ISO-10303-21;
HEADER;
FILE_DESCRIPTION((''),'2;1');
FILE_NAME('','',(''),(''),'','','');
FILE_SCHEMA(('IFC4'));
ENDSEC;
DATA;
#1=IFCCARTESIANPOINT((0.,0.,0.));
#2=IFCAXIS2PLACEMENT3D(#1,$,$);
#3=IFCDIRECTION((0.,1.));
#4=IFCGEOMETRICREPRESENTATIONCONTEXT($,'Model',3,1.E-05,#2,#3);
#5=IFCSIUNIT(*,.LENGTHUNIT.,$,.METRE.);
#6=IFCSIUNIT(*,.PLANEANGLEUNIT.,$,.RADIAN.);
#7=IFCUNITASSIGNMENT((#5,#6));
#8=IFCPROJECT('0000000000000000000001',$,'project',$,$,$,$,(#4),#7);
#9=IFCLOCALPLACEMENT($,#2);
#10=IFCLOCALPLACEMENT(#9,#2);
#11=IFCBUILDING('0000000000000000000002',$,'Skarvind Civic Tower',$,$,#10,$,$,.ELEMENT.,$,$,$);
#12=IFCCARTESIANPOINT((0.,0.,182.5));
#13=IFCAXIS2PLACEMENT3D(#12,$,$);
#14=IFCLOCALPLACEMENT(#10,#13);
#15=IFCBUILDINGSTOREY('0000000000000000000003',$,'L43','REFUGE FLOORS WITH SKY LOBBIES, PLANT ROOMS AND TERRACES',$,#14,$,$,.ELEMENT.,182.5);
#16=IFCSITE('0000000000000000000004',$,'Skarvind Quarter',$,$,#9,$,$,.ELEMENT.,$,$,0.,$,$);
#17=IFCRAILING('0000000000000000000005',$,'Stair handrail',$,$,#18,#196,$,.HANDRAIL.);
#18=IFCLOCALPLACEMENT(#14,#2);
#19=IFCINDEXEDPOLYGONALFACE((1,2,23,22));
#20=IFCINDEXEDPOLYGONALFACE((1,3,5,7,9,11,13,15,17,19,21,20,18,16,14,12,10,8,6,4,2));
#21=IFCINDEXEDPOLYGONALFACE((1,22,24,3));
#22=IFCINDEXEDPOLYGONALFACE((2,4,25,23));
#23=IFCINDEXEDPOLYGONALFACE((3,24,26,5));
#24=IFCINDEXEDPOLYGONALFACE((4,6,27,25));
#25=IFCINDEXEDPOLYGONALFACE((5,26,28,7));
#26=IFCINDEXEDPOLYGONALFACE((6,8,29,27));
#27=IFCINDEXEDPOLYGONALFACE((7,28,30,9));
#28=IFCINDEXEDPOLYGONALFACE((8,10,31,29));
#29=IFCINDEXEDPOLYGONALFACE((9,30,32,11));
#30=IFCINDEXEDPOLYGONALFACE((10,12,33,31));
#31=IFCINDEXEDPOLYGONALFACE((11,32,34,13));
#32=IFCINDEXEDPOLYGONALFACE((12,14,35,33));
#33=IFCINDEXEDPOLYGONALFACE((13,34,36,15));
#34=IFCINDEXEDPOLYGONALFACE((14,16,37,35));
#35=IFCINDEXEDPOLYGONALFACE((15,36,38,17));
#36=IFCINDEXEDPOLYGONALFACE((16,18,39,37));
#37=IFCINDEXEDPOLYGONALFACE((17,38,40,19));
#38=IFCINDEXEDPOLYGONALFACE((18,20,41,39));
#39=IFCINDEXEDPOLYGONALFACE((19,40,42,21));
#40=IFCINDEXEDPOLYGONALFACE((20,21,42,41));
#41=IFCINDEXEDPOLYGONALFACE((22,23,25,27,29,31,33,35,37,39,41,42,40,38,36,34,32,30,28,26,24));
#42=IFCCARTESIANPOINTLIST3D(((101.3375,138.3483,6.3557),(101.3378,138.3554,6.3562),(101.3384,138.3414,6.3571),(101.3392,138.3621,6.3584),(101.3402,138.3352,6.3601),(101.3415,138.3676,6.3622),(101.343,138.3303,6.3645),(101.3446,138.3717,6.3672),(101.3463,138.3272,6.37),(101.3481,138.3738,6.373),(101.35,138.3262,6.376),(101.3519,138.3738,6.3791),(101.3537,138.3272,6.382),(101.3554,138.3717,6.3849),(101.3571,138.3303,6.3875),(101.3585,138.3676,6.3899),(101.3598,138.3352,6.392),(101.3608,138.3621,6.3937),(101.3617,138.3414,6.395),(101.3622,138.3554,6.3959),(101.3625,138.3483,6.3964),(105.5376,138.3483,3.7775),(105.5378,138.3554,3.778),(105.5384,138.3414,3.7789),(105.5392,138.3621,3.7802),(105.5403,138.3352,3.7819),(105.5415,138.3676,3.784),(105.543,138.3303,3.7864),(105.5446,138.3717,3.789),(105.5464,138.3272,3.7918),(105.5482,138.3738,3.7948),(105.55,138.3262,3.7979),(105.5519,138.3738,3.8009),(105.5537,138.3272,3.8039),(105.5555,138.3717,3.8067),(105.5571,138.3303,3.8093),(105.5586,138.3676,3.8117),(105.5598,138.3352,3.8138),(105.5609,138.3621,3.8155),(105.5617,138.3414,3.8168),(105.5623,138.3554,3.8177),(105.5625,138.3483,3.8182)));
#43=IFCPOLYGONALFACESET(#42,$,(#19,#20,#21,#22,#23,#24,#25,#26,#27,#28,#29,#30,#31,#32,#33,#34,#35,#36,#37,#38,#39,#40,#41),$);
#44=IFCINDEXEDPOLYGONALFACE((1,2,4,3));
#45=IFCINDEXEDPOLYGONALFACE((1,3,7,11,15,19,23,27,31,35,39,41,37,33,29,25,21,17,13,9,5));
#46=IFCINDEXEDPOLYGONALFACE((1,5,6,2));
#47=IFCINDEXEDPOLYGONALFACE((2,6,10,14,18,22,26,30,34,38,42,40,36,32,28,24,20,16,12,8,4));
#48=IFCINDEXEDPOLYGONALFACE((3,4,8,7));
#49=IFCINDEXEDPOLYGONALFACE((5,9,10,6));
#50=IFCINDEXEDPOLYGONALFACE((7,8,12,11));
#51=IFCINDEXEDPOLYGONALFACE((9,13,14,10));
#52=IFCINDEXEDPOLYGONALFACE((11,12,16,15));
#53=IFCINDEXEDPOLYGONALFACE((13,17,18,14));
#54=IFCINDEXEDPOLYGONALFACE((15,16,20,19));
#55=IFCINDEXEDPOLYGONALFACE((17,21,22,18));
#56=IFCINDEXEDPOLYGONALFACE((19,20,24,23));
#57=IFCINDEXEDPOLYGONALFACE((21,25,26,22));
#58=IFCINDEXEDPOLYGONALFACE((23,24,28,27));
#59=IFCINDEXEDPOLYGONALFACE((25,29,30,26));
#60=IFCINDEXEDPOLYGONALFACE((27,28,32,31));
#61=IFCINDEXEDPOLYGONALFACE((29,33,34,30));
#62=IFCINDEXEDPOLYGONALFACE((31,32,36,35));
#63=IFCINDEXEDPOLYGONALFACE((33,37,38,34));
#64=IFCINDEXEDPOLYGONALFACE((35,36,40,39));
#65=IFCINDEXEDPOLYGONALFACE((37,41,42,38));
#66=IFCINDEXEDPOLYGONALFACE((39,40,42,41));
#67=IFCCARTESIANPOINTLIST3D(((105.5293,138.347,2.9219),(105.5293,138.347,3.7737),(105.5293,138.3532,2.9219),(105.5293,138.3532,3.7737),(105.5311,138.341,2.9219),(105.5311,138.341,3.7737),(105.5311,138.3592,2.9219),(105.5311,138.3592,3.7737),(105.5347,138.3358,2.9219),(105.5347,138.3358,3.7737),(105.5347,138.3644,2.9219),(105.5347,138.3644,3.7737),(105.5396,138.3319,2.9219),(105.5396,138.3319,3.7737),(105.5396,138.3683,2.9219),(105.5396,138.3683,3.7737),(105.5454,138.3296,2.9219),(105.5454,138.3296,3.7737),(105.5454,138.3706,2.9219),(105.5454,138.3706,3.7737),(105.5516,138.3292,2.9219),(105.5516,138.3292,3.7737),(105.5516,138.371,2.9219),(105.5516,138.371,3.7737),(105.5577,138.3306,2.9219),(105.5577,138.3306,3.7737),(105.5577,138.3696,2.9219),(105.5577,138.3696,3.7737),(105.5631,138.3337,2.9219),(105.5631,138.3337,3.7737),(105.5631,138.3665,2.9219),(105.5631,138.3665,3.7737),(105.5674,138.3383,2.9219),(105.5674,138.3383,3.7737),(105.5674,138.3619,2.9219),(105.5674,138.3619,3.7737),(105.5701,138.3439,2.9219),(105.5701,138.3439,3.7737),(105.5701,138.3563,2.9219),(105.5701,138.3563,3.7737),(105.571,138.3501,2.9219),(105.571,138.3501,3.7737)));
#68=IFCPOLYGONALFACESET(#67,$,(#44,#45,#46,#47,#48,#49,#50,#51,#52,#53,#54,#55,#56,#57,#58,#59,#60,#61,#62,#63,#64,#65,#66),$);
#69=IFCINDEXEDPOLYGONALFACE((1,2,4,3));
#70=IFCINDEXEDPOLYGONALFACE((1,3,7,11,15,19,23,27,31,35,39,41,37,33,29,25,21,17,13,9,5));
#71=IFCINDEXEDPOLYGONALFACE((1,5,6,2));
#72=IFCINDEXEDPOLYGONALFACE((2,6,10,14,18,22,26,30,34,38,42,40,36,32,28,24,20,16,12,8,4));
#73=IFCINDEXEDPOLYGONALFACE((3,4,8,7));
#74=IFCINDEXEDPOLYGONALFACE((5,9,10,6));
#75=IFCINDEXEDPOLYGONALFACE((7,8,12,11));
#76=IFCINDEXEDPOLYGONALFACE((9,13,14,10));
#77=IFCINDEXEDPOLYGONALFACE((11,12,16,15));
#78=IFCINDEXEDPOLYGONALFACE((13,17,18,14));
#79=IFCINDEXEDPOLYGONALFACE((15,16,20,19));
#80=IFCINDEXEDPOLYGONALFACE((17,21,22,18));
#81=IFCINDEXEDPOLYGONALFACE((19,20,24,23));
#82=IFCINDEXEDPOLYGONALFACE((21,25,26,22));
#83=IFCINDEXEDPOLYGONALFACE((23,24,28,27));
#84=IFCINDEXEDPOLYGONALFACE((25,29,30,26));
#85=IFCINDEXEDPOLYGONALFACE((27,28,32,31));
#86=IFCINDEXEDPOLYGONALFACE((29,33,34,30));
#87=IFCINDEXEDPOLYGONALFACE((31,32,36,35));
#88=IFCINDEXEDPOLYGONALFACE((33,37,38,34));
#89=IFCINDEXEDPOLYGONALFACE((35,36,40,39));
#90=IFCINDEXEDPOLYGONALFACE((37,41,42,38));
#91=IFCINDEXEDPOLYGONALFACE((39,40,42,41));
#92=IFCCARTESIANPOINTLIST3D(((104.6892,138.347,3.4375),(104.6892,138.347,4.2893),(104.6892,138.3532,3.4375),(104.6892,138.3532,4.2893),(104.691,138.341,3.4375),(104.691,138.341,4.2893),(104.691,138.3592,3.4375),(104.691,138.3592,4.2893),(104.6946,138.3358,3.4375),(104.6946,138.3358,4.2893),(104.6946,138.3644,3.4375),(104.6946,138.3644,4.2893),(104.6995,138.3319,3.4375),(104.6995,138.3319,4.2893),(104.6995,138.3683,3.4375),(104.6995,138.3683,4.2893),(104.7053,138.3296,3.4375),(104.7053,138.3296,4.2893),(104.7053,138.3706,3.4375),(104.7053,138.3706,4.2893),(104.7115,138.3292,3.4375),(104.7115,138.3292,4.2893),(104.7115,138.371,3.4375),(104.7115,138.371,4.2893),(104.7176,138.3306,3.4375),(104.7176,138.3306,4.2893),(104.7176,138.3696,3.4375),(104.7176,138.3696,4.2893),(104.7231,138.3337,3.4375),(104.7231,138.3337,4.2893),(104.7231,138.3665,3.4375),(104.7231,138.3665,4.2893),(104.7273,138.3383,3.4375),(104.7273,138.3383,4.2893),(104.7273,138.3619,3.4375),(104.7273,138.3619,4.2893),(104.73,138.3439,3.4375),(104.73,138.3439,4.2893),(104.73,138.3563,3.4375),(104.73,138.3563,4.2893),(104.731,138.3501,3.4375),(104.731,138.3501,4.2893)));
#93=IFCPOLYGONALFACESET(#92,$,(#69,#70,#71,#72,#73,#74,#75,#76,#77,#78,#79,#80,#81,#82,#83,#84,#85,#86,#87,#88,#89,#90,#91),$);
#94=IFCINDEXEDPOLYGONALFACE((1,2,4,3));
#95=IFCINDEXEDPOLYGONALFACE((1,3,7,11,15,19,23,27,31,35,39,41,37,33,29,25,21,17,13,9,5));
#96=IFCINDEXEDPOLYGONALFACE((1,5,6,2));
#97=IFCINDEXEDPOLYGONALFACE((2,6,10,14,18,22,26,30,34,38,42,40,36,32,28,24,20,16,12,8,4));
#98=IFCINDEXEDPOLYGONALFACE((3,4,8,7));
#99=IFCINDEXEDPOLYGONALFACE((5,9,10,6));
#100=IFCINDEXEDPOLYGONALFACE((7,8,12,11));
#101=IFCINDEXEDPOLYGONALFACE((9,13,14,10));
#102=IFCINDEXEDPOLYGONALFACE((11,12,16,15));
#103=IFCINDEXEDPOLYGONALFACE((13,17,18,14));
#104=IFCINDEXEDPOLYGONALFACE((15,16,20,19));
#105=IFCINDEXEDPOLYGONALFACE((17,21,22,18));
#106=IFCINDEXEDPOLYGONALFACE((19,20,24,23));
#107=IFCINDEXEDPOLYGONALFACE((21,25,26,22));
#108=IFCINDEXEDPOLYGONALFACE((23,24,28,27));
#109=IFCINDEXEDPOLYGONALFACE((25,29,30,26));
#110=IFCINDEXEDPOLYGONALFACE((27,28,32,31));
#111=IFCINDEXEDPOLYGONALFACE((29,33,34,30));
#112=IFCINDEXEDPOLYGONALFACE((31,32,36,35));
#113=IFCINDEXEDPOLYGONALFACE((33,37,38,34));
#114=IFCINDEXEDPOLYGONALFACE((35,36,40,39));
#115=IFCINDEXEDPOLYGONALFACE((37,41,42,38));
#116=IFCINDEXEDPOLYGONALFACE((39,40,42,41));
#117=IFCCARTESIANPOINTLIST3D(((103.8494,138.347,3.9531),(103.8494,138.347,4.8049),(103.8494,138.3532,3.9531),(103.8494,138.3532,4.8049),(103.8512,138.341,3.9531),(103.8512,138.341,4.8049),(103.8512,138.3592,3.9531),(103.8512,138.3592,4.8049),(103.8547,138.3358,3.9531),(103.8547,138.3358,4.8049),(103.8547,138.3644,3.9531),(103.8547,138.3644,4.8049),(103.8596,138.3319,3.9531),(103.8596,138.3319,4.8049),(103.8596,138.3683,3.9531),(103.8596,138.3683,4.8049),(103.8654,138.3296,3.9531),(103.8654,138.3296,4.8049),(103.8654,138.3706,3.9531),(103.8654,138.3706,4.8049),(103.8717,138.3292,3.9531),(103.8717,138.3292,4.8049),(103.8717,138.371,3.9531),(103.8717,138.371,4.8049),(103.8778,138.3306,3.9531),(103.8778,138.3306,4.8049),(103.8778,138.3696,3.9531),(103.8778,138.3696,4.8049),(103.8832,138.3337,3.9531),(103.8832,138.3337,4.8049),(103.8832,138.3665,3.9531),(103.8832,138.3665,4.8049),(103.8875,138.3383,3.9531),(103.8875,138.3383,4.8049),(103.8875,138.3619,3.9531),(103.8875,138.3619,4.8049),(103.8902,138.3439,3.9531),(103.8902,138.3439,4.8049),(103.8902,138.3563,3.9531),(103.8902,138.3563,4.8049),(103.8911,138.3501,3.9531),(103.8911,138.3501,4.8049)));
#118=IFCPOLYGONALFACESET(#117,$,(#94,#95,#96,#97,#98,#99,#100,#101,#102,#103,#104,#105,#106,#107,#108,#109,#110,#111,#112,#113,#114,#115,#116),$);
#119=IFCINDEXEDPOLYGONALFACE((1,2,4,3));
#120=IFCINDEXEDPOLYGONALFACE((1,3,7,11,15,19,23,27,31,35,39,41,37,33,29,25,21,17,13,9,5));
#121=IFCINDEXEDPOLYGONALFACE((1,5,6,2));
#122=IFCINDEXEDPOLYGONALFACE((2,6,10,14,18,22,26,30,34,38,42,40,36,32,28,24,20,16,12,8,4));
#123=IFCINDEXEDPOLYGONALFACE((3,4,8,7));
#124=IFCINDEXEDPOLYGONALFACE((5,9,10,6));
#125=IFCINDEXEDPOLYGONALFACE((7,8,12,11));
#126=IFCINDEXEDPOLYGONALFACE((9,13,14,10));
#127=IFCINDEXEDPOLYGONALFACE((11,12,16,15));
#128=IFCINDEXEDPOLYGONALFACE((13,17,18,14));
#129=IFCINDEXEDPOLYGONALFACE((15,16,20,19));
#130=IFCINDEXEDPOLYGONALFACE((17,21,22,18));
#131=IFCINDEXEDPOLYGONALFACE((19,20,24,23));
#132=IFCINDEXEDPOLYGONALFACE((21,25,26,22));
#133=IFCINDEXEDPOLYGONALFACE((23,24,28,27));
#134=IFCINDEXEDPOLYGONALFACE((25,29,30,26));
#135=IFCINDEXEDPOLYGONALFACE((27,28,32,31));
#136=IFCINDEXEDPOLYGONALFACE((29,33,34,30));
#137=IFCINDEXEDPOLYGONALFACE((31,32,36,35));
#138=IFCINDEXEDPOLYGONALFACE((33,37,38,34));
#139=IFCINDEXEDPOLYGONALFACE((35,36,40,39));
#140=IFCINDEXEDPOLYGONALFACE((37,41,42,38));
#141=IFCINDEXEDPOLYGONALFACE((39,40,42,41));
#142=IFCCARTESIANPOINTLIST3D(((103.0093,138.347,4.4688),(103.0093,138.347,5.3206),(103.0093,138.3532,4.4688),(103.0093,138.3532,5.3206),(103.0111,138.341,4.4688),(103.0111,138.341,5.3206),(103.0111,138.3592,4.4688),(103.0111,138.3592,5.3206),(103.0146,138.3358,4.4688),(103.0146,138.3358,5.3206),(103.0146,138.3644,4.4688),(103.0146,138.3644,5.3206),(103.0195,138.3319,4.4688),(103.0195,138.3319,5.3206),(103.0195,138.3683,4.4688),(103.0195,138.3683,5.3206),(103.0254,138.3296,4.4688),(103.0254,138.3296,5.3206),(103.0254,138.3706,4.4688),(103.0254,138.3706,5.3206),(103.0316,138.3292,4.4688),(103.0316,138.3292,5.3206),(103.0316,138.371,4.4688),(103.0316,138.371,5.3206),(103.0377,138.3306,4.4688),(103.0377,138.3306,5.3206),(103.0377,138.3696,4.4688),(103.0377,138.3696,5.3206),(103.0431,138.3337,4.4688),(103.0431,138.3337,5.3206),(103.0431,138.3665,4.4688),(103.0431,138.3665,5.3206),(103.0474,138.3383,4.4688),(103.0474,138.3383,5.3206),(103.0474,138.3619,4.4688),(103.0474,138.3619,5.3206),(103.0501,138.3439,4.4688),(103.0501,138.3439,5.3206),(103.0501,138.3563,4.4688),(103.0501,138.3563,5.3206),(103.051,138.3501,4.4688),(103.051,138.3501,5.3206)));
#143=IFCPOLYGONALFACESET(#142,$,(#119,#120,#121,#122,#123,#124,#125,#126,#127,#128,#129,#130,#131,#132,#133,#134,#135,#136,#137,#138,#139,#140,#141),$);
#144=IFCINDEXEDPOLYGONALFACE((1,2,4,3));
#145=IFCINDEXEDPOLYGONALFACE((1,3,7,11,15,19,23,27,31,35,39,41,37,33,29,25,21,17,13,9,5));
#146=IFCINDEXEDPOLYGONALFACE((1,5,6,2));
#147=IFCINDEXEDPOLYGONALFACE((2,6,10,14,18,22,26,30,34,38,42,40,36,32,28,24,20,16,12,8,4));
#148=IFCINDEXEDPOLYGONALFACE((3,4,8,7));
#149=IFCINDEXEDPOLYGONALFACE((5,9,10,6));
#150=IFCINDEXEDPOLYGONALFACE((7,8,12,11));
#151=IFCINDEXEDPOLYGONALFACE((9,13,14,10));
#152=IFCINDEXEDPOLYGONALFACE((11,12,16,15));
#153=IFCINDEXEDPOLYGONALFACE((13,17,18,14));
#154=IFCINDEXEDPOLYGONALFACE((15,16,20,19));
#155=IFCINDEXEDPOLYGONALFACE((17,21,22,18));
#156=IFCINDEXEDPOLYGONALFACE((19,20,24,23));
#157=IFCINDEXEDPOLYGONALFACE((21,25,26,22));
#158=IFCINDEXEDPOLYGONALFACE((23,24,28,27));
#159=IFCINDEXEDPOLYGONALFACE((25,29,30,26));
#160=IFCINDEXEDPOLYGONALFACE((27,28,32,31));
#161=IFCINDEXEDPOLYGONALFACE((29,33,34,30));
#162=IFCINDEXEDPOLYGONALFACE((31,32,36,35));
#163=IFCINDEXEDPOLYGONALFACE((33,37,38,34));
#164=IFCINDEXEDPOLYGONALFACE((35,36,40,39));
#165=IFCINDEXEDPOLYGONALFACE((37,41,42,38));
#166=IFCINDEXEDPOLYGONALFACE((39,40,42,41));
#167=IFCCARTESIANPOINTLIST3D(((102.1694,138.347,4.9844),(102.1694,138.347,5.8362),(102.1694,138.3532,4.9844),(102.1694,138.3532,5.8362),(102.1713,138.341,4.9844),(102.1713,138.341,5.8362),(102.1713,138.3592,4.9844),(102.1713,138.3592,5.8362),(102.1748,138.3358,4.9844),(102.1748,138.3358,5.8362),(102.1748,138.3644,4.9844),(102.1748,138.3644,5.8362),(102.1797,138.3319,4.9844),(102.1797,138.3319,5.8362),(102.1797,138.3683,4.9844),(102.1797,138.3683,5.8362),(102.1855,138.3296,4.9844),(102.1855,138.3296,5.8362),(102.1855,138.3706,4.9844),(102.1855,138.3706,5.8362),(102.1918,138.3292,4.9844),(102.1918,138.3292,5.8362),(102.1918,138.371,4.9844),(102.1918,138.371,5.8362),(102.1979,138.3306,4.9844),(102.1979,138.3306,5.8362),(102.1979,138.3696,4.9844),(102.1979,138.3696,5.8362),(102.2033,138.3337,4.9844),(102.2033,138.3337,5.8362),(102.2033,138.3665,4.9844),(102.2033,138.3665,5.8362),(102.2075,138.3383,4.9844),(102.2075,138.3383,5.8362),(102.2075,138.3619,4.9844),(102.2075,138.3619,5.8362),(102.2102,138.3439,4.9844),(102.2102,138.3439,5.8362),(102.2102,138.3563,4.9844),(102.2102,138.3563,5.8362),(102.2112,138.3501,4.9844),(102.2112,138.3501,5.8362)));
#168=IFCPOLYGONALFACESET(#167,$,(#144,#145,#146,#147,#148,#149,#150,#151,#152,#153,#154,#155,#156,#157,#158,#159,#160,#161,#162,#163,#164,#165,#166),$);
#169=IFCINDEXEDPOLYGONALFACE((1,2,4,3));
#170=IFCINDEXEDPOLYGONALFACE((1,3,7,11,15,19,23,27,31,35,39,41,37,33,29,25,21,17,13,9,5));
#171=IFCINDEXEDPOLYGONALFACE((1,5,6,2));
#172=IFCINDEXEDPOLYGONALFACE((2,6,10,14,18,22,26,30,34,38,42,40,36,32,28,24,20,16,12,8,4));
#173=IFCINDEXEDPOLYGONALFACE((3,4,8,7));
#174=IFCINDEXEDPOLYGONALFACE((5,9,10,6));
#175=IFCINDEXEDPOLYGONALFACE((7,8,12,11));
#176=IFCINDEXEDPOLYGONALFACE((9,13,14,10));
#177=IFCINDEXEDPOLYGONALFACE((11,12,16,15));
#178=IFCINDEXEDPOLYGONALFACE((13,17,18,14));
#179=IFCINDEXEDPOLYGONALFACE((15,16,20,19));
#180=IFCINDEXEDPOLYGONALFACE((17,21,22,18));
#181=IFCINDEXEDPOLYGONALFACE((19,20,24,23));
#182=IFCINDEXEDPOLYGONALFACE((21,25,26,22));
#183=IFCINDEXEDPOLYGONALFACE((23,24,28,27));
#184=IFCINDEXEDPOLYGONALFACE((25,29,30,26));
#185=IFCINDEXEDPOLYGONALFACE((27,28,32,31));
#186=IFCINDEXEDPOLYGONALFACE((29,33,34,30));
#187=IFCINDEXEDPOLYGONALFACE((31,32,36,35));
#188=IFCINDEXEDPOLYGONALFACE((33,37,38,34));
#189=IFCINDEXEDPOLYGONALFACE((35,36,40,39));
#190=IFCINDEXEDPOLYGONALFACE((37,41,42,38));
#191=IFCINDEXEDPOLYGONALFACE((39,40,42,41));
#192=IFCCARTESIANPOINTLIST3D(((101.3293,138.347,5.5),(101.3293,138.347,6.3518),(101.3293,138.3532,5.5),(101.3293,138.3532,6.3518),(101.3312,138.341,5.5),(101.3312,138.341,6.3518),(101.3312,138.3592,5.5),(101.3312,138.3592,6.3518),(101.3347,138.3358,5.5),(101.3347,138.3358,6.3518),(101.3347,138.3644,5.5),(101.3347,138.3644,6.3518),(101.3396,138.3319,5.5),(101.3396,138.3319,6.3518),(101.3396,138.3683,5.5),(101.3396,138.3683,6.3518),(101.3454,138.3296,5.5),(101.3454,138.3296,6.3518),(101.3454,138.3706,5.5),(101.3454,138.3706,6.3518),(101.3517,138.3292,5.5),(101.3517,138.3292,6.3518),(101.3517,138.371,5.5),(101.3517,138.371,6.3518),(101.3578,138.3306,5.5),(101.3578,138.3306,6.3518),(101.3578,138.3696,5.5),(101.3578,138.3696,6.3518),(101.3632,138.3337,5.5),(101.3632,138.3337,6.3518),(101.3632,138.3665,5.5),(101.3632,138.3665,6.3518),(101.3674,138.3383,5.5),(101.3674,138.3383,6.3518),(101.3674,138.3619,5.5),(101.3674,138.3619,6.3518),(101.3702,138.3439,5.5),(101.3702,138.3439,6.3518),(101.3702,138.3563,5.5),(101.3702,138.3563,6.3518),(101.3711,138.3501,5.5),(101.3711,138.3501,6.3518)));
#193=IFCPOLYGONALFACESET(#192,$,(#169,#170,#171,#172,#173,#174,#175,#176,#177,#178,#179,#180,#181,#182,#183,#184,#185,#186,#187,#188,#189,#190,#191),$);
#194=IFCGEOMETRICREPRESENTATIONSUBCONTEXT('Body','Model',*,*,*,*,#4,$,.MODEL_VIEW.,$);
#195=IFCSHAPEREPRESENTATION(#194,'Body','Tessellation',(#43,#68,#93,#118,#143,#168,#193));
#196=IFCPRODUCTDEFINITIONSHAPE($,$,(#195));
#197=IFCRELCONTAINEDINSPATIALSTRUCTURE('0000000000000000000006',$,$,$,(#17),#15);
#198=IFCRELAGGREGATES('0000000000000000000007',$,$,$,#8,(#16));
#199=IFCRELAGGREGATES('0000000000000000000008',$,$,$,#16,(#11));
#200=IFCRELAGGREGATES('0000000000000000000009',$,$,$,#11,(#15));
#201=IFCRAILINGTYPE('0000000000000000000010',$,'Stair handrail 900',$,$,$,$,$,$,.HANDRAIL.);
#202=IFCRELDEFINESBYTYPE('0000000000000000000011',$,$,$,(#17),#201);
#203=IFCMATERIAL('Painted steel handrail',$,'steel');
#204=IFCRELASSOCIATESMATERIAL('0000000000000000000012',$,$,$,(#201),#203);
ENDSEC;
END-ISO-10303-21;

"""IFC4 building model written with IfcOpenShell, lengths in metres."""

from ifc_helpers import new_model, si_unit, direction, frame, origin, origin_2d, place, context, subcontext, project, spatial, circle, extrude, material, type_object, element, save


model = new_model("IFC4")

# Units and contexts
model_context = context("Model", 3, precision=1e-05, world=origin(), true_north=direction((0.0, 1.0)))
body_context = subcontext(model_context, "Body", "Model", "MODEL_VIEW")
ifc_project = project(units=[si_unit("LENGTHUNIT", "METRE"), si_unit("PLANEANGLEUNIT", "RADIAN")], contexts=[model_context])

# Site, building, storey
site_placement = place(None, origin())
site = spatial("IfcSite", under=ifc_project, at=site_placement, Name="Skarvind Quarter", CompositionType="ELEMENT", RefElevation=0.0)
building_placement = place(site_placement, origin())
building = spatial("IfcBuilding", under=site, at=building_placement, Name="Skarvind Civic Tower", CompositionType="ELEMENT")
storey_placement = place(building_placement, frame((0.0, 0.0, 182.5)))
storey = spatial("IfcBuildingStorey", under=building, at=storey_placement, Name="L43", Description="REFUGE FLOORS WITH SKY LOBBIES, PLANT ROOMS AND TERRACES", CompositionType="ELEMENT", Elevation=182.5)

# Railing
ifc_material_1 = material(Name="Painted steel handrail", Category="steel")
railing_type = type_object("IfcRailingType", Name="Stair handrail 900", PredefinedType="HANDRAIL", material=ifc_material_1)
railing_1_placement = place(storey_placement, frame((105.55, 138.3501, 2.9219)))
element("IfcRailing", 1, at=railing_1_placement, inside=storey, type_object=railing_type, Name="Stair handrail", PredefinedType="HANDRAIL", context=body_context, shape_type="SweptSolid", body=[
    extrude(circle(Radius=0.0239, at=origin_2d()), frame((0.0, 0.0, 0.876), z_axis=(-0.852243, 0.0, 0.523146), x_axis=(0.0, -1.0, 0.0)), (0.0, 0.0, 1.0), 4.9282),
    extrude(circle(Radius=0.021, at=origin_2d()), origin(), (0.0, 0.0, 1.0), 0.8518),
    extrude(circle(Radius=0.021, at=origin_2d()), frame((-0.8401, 0.0, 0.5156)), (0.0, 0.0, 1.0), 0.8518),
    extrude(circle(Radius=0.021, at=origin_2d()), frame((-1.6799, 0.0, 1.0312)), (0.0, 0.0, 1.0), 0.8518),
    extrude(circle(Radius=0.021, at=origin_2d()), frame((-2.52, 0.0, 1.5469)), (0.0, 0.0, 1.0), 0.8518),
    extrude(circle(Radius=0.021, at=origin_2d()), frame((-3.3599, 0.0, 2.0625)), (0.0, 0.0, 1.0), 0.8518),
    extrude(circle(Radius=0.021, at=origin_2d()), frame((-4.2, 0.0, 2.5781)), (0.0, 0.0, 1.0), 0.8518),
])

save(model, "model.ifc")
